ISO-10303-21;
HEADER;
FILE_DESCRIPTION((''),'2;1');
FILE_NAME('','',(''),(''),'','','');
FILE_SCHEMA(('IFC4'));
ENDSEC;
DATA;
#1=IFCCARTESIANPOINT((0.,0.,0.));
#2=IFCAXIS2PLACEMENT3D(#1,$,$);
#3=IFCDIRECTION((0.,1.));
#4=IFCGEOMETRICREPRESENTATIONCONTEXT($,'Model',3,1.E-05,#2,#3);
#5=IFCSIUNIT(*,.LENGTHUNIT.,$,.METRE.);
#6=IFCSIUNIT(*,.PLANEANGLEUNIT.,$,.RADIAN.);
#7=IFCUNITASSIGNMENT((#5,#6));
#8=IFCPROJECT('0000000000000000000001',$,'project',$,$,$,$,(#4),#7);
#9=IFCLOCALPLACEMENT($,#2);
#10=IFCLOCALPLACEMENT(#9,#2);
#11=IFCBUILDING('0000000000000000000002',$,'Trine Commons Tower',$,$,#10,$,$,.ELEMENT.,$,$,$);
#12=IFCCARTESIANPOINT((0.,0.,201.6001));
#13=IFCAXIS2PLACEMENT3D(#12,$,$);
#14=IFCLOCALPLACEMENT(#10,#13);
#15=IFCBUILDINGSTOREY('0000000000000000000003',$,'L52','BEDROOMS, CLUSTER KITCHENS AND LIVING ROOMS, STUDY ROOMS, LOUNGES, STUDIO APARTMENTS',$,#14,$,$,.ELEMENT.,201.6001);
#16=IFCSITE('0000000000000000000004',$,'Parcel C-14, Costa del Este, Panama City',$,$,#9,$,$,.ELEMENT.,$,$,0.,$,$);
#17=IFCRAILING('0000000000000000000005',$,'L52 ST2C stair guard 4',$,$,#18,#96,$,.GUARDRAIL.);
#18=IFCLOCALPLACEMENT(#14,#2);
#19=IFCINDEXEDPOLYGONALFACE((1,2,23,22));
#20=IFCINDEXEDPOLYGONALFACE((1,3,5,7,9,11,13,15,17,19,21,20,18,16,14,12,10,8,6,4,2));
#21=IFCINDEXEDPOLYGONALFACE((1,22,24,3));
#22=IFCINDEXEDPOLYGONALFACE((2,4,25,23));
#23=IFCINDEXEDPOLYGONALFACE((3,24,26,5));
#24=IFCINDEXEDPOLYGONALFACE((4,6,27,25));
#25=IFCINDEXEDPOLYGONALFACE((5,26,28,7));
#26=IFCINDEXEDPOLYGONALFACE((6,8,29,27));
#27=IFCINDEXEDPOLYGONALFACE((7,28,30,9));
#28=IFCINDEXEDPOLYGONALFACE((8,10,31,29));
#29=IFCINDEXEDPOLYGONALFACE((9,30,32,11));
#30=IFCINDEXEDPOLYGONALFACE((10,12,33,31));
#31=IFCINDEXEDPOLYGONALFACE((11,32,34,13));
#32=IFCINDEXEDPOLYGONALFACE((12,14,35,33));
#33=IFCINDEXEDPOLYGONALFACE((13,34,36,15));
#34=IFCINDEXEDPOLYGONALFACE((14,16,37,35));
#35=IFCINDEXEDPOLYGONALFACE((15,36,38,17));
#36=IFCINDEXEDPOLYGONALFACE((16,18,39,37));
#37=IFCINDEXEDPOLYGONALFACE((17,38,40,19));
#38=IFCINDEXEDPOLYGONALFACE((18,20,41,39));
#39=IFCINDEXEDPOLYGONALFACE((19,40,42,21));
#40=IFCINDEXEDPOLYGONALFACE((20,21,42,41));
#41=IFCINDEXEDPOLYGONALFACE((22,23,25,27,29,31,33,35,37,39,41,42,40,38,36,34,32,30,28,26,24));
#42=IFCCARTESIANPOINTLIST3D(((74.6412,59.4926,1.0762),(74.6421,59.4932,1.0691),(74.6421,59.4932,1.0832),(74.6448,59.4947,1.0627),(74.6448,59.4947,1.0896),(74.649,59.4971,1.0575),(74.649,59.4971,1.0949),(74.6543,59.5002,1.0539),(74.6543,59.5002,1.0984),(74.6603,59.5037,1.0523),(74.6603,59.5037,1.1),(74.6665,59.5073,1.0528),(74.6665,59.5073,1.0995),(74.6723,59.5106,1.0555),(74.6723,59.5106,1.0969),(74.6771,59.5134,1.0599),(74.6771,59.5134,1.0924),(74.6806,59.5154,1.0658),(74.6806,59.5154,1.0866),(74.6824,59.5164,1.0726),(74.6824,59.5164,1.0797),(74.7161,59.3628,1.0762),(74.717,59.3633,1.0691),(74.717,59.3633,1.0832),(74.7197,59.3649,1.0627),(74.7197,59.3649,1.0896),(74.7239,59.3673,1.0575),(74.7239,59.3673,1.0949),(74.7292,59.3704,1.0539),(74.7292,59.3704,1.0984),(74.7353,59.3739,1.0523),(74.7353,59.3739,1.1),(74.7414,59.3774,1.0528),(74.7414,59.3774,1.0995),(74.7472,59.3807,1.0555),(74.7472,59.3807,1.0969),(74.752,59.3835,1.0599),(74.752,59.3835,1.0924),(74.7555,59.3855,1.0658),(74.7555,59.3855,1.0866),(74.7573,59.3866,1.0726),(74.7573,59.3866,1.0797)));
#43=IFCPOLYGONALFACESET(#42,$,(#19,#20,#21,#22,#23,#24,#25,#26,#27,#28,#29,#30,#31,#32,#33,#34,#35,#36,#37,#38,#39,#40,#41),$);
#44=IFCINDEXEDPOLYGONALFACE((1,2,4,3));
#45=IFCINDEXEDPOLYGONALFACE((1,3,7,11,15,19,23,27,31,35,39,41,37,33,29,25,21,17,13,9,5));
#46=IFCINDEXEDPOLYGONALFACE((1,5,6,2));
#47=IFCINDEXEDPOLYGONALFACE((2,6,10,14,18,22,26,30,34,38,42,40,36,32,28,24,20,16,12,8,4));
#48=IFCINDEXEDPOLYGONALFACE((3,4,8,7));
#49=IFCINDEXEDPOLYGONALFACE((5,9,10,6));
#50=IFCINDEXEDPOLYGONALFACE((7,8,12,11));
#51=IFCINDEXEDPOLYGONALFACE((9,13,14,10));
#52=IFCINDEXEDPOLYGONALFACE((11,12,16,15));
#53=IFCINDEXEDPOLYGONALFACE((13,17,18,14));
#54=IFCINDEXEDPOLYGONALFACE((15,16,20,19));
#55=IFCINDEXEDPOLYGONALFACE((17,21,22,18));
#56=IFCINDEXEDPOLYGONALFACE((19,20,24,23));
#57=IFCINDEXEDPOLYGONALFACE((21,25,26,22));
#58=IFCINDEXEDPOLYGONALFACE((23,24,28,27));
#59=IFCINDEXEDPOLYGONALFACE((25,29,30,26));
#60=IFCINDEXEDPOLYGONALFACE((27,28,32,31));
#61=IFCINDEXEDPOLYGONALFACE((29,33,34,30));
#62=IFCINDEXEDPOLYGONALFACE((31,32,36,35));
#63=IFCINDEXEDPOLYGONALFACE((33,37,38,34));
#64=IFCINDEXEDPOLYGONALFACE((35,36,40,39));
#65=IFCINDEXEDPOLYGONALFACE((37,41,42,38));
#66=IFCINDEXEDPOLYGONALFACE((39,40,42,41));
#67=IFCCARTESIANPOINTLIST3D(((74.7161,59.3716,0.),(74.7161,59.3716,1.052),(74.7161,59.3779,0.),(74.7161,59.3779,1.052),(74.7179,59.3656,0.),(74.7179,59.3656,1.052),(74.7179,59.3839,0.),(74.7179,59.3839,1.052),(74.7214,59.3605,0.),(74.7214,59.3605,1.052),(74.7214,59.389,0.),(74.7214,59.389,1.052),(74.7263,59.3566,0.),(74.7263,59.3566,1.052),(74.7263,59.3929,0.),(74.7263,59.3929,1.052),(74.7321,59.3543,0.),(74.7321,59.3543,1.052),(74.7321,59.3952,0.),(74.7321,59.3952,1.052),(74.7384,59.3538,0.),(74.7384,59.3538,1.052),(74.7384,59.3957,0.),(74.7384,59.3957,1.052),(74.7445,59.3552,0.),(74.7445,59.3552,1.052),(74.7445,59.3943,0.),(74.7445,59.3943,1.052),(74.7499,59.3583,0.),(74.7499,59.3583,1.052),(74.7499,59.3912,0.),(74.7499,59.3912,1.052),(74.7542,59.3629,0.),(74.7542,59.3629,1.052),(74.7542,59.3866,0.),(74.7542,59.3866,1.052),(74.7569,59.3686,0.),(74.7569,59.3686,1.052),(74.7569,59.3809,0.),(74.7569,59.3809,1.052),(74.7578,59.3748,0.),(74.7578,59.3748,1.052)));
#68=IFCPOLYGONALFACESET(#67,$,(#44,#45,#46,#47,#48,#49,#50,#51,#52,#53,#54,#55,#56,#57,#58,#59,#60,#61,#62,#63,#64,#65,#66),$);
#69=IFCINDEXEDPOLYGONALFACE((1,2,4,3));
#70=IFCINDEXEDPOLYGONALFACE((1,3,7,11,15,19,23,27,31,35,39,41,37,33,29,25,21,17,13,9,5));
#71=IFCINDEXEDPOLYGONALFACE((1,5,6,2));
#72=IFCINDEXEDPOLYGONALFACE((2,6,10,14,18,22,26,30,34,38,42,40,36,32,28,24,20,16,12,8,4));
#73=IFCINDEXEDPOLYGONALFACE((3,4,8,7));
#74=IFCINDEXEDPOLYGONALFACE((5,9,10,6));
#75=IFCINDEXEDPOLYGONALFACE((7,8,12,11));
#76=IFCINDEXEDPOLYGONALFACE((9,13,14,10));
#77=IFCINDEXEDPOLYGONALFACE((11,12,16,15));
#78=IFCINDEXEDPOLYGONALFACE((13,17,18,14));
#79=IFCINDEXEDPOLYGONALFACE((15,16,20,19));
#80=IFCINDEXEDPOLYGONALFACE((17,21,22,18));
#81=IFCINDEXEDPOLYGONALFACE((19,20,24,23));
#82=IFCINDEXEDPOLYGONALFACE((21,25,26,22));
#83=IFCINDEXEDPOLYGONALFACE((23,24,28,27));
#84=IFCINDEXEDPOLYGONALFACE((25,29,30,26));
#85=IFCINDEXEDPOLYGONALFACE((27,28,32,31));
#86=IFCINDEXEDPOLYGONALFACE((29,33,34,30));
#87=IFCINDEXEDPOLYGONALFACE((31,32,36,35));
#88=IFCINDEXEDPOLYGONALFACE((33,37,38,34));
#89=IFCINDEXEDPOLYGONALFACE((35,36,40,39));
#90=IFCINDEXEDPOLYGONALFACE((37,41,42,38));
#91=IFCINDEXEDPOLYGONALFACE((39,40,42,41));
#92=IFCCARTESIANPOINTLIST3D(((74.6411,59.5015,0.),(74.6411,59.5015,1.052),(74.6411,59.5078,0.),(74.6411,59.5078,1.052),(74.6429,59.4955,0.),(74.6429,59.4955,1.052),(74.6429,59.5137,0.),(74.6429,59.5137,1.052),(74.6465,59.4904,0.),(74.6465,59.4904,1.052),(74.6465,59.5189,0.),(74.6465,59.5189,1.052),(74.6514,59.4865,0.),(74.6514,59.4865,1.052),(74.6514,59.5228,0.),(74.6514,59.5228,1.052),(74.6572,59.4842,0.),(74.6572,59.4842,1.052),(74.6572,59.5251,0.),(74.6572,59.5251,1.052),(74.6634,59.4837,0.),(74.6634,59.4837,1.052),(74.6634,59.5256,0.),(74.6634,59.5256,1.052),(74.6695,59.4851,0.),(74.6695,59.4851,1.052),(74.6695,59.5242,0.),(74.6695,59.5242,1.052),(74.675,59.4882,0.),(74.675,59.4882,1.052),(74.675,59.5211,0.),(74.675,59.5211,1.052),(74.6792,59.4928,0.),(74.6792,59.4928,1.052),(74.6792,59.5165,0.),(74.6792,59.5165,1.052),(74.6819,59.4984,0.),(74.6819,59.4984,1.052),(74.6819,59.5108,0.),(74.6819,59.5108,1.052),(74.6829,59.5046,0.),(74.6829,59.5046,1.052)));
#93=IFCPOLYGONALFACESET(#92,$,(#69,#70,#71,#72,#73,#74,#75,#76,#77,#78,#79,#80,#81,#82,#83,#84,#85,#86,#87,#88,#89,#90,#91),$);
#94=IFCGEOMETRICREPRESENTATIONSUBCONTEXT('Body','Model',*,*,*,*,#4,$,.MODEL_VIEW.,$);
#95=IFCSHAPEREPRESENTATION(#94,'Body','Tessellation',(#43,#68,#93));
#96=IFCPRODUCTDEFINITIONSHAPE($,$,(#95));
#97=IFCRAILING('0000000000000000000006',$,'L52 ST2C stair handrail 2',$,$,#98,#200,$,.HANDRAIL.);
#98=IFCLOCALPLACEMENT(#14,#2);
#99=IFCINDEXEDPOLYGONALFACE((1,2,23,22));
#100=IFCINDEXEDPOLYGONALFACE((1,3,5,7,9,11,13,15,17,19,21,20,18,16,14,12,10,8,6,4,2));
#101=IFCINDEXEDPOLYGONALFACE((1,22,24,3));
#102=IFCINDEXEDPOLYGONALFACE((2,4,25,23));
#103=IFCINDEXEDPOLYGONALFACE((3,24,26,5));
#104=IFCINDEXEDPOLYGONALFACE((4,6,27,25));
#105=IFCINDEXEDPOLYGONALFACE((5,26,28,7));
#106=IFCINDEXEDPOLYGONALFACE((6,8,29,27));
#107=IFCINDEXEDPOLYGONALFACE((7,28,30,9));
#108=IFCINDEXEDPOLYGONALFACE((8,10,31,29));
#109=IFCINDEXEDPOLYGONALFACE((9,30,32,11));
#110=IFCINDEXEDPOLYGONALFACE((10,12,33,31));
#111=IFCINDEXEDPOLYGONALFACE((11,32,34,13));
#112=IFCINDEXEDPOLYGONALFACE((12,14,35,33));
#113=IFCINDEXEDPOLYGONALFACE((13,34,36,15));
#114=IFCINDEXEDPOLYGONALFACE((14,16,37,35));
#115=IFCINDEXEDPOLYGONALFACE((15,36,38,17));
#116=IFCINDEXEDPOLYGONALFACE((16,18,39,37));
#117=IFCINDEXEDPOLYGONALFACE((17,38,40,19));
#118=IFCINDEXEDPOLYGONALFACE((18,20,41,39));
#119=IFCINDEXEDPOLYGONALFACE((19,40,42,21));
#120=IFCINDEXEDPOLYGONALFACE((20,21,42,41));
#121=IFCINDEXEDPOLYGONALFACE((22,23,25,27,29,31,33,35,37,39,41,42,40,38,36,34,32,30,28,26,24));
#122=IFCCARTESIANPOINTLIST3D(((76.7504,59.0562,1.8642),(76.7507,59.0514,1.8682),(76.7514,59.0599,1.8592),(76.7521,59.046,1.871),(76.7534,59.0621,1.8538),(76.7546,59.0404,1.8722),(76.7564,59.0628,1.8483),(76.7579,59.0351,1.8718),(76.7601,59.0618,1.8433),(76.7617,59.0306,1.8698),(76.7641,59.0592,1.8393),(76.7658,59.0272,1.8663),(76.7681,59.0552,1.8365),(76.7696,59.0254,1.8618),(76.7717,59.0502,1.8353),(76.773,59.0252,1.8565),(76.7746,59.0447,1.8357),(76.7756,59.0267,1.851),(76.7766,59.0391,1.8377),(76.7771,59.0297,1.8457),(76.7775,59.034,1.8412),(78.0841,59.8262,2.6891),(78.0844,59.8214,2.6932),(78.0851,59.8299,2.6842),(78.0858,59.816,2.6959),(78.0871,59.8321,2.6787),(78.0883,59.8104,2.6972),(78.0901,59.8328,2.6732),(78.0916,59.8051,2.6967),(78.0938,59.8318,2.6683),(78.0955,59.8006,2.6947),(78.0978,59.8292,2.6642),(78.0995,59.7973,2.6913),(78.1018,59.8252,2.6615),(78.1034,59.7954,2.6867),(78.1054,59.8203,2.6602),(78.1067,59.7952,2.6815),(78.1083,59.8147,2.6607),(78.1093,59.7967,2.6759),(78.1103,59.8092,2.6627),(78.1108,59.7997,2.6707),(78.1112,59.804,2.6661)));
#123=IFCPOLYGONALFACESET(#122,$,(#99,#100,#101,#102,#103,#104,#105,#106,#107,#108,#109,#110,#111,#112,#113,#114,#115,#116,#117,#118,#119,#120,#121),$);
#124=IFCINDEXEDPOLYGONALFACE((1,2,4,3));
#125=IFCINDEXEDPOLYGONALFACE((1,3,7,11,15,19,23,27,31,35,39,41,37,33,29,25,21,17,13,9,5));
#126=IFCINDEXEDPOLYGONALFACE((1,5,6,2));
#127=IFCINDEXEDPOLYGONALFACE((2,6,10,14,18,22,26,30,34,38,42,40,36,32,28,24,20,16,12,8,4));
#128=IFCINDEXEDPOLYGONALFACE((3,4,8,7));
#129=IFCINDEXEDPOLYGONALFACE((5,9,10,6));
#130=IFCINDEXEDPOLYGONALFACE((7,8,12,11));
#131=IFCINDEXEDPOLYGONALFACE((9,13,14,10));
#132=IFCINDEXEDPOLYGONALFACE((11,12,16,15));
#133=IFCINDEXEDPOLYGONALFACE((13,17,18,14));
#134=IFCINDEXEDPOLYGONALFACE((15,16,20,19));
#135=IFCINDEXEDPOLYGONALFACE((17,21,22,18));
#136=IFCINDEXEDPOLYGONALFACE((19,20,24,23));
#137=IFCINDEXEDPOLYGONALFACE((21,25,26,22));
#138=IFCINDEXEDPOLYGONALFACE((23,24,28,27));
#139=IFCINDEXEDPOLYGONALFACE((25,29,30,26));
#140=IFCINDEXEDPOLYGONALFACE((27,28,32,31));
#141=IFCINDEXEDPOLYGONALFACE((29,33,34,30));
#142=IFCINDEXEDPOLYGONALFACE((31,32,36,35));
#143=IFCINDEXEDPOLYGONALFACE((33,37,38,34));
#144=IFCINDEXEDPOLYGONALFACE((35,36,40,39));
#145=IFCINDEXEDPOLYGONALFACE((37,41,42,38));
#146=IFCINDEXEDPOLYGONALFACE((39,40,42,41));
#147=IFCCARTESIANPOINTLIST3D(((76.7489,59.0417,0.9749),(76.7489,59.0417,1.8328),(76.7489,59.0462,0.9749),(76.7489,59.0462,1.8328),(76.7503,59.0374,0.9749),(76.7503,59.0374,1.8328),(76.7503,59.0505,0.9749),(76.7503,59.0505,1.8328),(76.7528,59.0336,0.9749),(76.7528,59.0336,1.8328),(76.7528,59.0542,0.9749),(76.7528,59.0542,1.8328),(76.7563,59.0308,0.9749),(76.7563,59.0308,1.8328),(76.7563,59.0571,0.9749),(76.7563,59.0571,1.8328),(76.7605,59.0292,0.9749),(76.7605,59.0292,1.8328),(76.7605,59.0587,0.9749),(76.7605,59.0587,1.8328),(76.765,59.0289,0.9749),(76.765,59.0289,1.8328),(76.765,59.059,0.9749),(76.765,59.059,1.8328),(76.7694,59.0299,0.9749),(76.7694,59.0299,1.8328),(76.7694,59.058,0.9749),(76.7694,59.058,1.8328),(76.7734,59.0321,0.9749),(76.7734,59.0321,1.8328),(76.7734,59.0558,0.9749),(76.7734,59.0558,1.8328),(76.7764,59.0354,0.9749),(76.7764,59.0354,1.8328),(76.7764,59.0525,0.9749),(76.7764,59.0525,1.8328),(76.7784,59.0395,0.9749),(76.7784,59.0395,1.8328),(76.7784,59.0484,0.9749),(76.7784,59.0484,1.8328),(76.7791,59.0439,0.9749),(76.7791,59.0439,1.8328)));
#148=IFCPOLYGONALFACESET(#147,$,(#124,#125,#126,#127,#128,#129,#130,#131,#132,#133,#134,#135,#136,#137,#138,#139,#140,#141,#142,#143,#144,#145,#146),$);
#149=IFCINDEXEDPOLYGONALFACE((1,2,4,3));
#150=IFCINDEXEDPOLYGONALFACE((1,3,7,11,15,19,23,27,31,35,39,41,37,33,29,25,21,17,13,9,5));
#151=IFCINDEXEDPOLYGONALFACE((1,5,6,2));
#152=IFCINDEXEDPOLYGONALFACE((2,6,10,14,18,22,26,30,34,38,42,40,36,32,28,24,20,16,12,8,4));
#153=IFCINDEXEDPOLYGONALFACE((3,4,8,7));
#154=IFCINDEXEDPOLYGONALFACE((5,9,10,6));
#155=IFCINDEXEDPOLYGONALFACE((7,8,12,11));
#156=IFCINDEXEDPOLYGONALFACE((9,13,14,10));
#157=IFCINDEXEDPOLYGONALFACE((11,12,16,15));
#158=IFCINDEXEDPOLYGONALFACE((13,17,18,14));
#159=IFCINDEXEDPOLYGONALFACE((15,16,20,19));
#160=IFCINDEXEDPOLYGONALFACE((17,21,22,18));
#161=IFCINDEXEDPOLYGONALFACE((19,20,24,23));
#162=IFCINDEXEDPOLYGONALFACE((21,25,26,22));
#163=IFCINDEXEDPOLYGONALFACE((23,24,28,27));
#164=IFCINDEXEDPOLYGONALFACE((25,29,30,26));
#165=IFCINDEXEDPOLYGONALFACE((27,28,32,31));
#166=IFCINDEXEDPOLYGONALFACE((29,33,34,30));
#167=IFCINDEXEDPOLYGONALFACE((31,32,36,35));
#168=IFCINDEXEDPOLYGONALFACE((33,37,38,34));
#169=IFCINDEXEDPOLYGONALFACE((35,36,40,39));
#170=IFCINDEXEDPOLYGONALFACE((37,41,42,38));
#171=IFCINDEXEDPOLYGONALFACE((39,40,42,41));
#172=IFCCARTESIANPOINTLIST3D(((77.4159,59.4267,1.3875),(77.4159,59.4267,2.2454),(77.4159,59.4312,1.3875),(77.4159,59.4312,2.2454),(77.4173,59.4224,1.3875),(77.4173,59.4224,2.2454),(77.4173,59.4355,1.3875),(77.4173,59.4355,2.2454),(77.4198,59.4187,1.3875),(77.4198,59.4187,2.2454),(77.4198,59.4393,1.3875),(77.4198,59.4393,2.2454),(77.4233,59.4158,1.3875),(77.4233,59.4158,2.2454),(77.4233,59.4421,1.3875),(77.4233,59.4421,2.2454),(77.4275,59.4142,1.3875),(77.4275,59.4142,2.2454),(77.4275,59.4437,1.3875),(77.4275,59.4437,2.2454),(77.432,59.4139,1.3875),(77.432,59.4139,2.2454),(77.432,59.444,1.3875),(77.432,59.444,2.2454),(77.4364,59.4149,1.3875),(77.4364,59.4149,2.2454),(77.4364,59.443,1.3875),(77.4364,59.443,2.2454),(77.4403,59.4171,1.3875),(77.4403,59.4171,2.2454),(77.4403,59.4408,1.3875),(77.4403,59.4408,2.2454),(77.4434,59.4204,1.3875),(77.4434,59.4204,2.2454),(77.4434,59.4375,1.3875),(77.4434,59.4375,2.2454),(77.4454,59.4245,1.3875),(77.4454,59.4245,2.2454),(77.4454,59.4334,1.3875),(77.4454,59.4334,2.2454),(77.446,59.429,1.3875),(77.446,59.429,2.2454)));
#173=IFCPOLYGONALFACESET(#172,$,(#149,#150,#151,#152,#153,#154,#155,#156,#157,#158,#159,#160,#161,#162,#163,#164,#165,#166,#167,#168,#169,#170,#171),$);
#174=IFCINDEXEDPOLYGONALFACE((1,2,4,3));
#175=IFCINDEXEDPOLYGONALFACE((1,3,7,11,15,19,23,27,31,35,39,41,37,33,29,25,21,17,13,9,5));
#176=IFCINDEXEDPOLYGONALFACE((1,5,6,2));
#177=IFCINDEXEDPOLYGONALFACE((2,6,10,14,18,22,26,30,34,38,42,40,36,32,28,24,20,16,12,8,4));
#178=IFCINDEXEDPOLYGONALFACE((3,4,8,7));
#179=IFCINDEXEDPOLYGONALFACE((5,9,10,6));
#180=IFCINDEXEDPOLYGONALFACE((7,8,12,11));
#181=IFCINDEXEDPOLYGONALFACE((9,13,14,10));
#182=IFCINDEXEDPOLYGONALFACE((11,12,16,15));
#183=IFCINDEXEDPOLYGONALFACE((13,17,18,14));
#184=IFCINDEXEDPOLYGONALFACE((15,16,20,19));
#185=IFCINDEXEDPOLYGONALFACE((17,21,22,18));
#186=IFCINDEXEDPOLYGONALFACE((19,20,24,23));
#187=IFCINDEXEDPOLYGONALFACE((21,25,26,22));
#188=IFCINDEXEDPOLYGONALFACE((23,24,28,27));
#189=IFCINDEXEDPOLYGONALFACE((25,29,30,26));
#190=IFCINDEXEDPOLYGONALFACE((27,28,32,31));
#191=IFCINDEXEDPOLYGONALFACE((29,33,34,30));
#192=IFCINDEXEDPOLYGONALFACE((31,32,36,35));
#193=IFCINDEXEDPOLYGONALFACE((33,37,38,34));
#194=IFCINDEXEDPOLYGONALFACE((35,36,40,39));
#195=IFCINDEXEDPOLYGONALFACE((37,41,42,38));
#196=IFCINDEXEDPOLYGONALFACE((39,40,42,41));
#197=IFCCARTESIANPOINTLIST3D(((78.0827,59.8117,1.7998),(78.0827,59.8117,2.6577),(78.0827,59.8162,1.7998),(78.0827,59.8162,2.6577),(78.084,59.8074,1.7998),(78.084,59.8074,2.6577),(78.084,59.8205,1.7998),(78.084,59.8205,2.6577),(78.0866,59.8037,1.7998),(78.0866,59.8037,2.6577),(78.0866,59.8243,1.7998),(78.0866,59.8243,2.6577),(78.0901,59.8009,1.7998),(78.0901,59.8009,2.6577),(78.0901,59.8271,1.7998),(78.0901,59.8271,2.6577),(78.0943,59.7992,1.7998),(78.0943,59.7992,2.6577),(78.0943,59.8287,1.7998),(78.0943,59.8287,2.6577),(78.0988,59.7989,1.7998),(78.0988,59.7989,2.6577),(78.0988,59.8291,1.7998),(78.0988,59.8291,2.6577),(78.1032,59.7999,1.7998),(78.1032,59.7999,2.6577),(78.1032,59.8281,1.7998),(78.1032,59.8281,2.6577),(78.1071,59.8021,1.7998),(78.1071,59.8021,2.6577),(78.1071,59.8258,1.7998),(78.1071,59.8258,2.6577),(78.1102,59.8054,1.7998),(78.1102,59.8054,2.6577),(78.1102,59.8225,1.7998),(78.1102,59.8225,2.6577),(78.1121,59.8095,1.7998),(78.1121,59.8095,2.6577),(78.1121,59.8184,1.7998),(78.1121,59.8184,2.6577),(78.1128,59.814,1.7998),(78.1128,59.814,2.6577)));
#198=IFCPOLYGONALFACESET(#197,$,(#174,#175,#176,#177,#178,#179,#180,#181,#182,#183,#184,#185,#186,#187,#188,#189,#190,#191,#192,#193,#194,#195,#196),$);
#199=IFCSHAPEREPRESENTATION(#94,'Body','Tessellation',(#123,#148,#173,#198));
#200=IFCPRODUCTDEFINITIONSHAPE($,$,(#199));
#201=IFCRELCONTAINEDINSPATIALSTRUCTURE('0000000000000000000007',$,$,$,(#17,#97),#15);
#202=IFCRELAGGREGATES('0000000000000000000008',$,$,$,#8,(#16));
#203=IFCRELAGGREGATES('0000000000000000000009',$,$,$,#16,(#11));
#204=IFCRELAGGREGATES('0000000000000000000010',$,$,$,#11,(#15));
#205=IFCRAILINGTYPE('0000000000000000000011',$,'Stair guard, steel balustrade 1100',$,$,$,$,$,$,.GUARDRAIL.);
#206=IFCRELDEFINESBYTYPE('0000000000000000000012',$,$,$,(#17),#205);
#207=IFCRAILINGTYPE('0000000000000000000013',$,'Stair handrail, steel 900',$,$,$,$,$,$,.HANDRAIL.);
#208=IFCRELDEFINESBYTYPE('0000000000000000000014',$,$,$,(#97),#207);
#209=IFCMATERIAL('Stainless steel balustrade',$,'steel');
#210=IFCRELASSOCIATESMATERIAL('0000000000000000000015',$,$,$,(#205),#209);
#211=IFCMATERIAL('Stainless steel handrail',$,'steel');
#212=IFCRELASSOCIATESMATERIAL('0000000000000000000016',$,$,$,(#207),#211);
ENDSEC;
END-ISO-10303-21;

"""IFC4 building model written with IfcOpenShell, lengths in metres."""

from ifc_helpers import new_model, si_unit, direction, frame, origin, origin_2d, place, context, subcontext, project, spatial, circle, extrude, material, type_object, element, save


model = new_model("IFC4")

# Units and contexts
model_context = context("Model", 3, precision=1e-05, world=origin(), true_north=direction((0.0, 1.0)))
body_context = subcontext(model_context, "Body", "Model", "MODEL_VIEW")
ifc_project = project(units=[si_unit("LENGTHUNIT", "METRE"), si_unit("PLANEANGLEUNIT", "RADIAN")], contexts=[model_context])

# Site, building, storey
site_placement = place(None, origin())
site = spatial("IfcSite", under=ifc_project, at=site_placement, Name="Parcel C-14, Costa del Este, Panama City", CompositionType="ELEMENT", RefElevation=0.0)
building_placement = place(site_placement, origin())
building = spatial("IfcBuilding", under=site, at=building_placement, Name="Trine Commons Tower", CompositionType="ELEMENT")
storey_placement = place(building_placement, frame((0.0, 0.0, 201.6001)))
storey = spatial("IfcBuildingStorey", under=building, at=storey_placement, Name="L52", Description="BEDROOMS, CLUSTER KITCHENS AND LIVING ROOMS, STUDY ROOMS, LOUNGES, STUDIO APARTMENTS", CompositionType="ELEMENT", Elevation=201.6001)

# Railings
ifc_material_1 = material(Name="Stainless steel balustrade", Category="steel")
railing_type_1 = type_object("IfcRailingType", Name="Stair guard, steel balustrade 1100", PredefinedType="GUARDRAIL", material=ifc_material_1)
railing_1_placement = place(storey_placement, frame((74.7368, 59.3748, 0.0)))
element("IfcRailing", 1, at=railing_1_placement, inside=storey, type_object=railing_type_1, Name="L52 ST2C stair guard 4", PredefinedType="GUARDRAIL", context=body_context, shape_type="SweptSolid", body=[
    extrude(circle(Radius=0.0239, at=origin_2d()), frame((0.0, 0.0, 1.0762), z_axis=(-0.499816, 0.866131, 0.0), x_axis=(-0.866131, -0.499816, 0.0)), (0.0, 0.0, 1.0), 0.1499),
    extrude(circle(Radius=0.021, at=origin_2d()), origin(), (0.0, 0.0, 1.0), 1.052),
    extrude(circle(Radius=0.021, at=origin_2d()), frame((-0.075, 0.1299, 0.0)), (0.0, 0.0, 1.0), 1.052),
])
ifc_material_2 = material(Name="Stainless steel handrail", Category="steel")
railing_type_2 = type_object("IfcRailingType", Name="Stair handrail, steel 900", PredefinedType="HANDRAIL", material=ifc_material_2)
railing_2_placement = place(storey_placement, frame((76.7639, 59.0439, 0.9749)))
element("IfcRailing", 2, at=railing_2_placement, inside=storey, type_object=railing_type_2, Name="L52 ST2C stair handrail 2", PredefinedType="HANDRAIL", context=body_context, shape_type="SweptSolid", body=[
    extrude(circle(Radius=0.021, at=origin_2d()), frame((0.0, 0.0, 0.8789), z_axis=(0.763405, 0.440743, 0.472185), x_axis=(-0.499992, 0.86603, 0.0)), (0.0, 0.0, 1.0), 1.7471),
    extrude(circle(Radius=0.0151, at=origin_2d()), origin(), (0.0, 0.0, 1.0), 0.8579),
    extrude(circle(Radius=0.0151, at=origin_2d()), frame((0.667, 0.385, 0.4126)), (0.0, 0.0, 1.0), 0.8579),
    extrude(circle(Radius=0.0151, at=origin_2d()), frame((1.3337, 0.77, 0.825)), (0.0, 0.0, 1.0), 0.8579),
])

save(model, "model.ifc")
